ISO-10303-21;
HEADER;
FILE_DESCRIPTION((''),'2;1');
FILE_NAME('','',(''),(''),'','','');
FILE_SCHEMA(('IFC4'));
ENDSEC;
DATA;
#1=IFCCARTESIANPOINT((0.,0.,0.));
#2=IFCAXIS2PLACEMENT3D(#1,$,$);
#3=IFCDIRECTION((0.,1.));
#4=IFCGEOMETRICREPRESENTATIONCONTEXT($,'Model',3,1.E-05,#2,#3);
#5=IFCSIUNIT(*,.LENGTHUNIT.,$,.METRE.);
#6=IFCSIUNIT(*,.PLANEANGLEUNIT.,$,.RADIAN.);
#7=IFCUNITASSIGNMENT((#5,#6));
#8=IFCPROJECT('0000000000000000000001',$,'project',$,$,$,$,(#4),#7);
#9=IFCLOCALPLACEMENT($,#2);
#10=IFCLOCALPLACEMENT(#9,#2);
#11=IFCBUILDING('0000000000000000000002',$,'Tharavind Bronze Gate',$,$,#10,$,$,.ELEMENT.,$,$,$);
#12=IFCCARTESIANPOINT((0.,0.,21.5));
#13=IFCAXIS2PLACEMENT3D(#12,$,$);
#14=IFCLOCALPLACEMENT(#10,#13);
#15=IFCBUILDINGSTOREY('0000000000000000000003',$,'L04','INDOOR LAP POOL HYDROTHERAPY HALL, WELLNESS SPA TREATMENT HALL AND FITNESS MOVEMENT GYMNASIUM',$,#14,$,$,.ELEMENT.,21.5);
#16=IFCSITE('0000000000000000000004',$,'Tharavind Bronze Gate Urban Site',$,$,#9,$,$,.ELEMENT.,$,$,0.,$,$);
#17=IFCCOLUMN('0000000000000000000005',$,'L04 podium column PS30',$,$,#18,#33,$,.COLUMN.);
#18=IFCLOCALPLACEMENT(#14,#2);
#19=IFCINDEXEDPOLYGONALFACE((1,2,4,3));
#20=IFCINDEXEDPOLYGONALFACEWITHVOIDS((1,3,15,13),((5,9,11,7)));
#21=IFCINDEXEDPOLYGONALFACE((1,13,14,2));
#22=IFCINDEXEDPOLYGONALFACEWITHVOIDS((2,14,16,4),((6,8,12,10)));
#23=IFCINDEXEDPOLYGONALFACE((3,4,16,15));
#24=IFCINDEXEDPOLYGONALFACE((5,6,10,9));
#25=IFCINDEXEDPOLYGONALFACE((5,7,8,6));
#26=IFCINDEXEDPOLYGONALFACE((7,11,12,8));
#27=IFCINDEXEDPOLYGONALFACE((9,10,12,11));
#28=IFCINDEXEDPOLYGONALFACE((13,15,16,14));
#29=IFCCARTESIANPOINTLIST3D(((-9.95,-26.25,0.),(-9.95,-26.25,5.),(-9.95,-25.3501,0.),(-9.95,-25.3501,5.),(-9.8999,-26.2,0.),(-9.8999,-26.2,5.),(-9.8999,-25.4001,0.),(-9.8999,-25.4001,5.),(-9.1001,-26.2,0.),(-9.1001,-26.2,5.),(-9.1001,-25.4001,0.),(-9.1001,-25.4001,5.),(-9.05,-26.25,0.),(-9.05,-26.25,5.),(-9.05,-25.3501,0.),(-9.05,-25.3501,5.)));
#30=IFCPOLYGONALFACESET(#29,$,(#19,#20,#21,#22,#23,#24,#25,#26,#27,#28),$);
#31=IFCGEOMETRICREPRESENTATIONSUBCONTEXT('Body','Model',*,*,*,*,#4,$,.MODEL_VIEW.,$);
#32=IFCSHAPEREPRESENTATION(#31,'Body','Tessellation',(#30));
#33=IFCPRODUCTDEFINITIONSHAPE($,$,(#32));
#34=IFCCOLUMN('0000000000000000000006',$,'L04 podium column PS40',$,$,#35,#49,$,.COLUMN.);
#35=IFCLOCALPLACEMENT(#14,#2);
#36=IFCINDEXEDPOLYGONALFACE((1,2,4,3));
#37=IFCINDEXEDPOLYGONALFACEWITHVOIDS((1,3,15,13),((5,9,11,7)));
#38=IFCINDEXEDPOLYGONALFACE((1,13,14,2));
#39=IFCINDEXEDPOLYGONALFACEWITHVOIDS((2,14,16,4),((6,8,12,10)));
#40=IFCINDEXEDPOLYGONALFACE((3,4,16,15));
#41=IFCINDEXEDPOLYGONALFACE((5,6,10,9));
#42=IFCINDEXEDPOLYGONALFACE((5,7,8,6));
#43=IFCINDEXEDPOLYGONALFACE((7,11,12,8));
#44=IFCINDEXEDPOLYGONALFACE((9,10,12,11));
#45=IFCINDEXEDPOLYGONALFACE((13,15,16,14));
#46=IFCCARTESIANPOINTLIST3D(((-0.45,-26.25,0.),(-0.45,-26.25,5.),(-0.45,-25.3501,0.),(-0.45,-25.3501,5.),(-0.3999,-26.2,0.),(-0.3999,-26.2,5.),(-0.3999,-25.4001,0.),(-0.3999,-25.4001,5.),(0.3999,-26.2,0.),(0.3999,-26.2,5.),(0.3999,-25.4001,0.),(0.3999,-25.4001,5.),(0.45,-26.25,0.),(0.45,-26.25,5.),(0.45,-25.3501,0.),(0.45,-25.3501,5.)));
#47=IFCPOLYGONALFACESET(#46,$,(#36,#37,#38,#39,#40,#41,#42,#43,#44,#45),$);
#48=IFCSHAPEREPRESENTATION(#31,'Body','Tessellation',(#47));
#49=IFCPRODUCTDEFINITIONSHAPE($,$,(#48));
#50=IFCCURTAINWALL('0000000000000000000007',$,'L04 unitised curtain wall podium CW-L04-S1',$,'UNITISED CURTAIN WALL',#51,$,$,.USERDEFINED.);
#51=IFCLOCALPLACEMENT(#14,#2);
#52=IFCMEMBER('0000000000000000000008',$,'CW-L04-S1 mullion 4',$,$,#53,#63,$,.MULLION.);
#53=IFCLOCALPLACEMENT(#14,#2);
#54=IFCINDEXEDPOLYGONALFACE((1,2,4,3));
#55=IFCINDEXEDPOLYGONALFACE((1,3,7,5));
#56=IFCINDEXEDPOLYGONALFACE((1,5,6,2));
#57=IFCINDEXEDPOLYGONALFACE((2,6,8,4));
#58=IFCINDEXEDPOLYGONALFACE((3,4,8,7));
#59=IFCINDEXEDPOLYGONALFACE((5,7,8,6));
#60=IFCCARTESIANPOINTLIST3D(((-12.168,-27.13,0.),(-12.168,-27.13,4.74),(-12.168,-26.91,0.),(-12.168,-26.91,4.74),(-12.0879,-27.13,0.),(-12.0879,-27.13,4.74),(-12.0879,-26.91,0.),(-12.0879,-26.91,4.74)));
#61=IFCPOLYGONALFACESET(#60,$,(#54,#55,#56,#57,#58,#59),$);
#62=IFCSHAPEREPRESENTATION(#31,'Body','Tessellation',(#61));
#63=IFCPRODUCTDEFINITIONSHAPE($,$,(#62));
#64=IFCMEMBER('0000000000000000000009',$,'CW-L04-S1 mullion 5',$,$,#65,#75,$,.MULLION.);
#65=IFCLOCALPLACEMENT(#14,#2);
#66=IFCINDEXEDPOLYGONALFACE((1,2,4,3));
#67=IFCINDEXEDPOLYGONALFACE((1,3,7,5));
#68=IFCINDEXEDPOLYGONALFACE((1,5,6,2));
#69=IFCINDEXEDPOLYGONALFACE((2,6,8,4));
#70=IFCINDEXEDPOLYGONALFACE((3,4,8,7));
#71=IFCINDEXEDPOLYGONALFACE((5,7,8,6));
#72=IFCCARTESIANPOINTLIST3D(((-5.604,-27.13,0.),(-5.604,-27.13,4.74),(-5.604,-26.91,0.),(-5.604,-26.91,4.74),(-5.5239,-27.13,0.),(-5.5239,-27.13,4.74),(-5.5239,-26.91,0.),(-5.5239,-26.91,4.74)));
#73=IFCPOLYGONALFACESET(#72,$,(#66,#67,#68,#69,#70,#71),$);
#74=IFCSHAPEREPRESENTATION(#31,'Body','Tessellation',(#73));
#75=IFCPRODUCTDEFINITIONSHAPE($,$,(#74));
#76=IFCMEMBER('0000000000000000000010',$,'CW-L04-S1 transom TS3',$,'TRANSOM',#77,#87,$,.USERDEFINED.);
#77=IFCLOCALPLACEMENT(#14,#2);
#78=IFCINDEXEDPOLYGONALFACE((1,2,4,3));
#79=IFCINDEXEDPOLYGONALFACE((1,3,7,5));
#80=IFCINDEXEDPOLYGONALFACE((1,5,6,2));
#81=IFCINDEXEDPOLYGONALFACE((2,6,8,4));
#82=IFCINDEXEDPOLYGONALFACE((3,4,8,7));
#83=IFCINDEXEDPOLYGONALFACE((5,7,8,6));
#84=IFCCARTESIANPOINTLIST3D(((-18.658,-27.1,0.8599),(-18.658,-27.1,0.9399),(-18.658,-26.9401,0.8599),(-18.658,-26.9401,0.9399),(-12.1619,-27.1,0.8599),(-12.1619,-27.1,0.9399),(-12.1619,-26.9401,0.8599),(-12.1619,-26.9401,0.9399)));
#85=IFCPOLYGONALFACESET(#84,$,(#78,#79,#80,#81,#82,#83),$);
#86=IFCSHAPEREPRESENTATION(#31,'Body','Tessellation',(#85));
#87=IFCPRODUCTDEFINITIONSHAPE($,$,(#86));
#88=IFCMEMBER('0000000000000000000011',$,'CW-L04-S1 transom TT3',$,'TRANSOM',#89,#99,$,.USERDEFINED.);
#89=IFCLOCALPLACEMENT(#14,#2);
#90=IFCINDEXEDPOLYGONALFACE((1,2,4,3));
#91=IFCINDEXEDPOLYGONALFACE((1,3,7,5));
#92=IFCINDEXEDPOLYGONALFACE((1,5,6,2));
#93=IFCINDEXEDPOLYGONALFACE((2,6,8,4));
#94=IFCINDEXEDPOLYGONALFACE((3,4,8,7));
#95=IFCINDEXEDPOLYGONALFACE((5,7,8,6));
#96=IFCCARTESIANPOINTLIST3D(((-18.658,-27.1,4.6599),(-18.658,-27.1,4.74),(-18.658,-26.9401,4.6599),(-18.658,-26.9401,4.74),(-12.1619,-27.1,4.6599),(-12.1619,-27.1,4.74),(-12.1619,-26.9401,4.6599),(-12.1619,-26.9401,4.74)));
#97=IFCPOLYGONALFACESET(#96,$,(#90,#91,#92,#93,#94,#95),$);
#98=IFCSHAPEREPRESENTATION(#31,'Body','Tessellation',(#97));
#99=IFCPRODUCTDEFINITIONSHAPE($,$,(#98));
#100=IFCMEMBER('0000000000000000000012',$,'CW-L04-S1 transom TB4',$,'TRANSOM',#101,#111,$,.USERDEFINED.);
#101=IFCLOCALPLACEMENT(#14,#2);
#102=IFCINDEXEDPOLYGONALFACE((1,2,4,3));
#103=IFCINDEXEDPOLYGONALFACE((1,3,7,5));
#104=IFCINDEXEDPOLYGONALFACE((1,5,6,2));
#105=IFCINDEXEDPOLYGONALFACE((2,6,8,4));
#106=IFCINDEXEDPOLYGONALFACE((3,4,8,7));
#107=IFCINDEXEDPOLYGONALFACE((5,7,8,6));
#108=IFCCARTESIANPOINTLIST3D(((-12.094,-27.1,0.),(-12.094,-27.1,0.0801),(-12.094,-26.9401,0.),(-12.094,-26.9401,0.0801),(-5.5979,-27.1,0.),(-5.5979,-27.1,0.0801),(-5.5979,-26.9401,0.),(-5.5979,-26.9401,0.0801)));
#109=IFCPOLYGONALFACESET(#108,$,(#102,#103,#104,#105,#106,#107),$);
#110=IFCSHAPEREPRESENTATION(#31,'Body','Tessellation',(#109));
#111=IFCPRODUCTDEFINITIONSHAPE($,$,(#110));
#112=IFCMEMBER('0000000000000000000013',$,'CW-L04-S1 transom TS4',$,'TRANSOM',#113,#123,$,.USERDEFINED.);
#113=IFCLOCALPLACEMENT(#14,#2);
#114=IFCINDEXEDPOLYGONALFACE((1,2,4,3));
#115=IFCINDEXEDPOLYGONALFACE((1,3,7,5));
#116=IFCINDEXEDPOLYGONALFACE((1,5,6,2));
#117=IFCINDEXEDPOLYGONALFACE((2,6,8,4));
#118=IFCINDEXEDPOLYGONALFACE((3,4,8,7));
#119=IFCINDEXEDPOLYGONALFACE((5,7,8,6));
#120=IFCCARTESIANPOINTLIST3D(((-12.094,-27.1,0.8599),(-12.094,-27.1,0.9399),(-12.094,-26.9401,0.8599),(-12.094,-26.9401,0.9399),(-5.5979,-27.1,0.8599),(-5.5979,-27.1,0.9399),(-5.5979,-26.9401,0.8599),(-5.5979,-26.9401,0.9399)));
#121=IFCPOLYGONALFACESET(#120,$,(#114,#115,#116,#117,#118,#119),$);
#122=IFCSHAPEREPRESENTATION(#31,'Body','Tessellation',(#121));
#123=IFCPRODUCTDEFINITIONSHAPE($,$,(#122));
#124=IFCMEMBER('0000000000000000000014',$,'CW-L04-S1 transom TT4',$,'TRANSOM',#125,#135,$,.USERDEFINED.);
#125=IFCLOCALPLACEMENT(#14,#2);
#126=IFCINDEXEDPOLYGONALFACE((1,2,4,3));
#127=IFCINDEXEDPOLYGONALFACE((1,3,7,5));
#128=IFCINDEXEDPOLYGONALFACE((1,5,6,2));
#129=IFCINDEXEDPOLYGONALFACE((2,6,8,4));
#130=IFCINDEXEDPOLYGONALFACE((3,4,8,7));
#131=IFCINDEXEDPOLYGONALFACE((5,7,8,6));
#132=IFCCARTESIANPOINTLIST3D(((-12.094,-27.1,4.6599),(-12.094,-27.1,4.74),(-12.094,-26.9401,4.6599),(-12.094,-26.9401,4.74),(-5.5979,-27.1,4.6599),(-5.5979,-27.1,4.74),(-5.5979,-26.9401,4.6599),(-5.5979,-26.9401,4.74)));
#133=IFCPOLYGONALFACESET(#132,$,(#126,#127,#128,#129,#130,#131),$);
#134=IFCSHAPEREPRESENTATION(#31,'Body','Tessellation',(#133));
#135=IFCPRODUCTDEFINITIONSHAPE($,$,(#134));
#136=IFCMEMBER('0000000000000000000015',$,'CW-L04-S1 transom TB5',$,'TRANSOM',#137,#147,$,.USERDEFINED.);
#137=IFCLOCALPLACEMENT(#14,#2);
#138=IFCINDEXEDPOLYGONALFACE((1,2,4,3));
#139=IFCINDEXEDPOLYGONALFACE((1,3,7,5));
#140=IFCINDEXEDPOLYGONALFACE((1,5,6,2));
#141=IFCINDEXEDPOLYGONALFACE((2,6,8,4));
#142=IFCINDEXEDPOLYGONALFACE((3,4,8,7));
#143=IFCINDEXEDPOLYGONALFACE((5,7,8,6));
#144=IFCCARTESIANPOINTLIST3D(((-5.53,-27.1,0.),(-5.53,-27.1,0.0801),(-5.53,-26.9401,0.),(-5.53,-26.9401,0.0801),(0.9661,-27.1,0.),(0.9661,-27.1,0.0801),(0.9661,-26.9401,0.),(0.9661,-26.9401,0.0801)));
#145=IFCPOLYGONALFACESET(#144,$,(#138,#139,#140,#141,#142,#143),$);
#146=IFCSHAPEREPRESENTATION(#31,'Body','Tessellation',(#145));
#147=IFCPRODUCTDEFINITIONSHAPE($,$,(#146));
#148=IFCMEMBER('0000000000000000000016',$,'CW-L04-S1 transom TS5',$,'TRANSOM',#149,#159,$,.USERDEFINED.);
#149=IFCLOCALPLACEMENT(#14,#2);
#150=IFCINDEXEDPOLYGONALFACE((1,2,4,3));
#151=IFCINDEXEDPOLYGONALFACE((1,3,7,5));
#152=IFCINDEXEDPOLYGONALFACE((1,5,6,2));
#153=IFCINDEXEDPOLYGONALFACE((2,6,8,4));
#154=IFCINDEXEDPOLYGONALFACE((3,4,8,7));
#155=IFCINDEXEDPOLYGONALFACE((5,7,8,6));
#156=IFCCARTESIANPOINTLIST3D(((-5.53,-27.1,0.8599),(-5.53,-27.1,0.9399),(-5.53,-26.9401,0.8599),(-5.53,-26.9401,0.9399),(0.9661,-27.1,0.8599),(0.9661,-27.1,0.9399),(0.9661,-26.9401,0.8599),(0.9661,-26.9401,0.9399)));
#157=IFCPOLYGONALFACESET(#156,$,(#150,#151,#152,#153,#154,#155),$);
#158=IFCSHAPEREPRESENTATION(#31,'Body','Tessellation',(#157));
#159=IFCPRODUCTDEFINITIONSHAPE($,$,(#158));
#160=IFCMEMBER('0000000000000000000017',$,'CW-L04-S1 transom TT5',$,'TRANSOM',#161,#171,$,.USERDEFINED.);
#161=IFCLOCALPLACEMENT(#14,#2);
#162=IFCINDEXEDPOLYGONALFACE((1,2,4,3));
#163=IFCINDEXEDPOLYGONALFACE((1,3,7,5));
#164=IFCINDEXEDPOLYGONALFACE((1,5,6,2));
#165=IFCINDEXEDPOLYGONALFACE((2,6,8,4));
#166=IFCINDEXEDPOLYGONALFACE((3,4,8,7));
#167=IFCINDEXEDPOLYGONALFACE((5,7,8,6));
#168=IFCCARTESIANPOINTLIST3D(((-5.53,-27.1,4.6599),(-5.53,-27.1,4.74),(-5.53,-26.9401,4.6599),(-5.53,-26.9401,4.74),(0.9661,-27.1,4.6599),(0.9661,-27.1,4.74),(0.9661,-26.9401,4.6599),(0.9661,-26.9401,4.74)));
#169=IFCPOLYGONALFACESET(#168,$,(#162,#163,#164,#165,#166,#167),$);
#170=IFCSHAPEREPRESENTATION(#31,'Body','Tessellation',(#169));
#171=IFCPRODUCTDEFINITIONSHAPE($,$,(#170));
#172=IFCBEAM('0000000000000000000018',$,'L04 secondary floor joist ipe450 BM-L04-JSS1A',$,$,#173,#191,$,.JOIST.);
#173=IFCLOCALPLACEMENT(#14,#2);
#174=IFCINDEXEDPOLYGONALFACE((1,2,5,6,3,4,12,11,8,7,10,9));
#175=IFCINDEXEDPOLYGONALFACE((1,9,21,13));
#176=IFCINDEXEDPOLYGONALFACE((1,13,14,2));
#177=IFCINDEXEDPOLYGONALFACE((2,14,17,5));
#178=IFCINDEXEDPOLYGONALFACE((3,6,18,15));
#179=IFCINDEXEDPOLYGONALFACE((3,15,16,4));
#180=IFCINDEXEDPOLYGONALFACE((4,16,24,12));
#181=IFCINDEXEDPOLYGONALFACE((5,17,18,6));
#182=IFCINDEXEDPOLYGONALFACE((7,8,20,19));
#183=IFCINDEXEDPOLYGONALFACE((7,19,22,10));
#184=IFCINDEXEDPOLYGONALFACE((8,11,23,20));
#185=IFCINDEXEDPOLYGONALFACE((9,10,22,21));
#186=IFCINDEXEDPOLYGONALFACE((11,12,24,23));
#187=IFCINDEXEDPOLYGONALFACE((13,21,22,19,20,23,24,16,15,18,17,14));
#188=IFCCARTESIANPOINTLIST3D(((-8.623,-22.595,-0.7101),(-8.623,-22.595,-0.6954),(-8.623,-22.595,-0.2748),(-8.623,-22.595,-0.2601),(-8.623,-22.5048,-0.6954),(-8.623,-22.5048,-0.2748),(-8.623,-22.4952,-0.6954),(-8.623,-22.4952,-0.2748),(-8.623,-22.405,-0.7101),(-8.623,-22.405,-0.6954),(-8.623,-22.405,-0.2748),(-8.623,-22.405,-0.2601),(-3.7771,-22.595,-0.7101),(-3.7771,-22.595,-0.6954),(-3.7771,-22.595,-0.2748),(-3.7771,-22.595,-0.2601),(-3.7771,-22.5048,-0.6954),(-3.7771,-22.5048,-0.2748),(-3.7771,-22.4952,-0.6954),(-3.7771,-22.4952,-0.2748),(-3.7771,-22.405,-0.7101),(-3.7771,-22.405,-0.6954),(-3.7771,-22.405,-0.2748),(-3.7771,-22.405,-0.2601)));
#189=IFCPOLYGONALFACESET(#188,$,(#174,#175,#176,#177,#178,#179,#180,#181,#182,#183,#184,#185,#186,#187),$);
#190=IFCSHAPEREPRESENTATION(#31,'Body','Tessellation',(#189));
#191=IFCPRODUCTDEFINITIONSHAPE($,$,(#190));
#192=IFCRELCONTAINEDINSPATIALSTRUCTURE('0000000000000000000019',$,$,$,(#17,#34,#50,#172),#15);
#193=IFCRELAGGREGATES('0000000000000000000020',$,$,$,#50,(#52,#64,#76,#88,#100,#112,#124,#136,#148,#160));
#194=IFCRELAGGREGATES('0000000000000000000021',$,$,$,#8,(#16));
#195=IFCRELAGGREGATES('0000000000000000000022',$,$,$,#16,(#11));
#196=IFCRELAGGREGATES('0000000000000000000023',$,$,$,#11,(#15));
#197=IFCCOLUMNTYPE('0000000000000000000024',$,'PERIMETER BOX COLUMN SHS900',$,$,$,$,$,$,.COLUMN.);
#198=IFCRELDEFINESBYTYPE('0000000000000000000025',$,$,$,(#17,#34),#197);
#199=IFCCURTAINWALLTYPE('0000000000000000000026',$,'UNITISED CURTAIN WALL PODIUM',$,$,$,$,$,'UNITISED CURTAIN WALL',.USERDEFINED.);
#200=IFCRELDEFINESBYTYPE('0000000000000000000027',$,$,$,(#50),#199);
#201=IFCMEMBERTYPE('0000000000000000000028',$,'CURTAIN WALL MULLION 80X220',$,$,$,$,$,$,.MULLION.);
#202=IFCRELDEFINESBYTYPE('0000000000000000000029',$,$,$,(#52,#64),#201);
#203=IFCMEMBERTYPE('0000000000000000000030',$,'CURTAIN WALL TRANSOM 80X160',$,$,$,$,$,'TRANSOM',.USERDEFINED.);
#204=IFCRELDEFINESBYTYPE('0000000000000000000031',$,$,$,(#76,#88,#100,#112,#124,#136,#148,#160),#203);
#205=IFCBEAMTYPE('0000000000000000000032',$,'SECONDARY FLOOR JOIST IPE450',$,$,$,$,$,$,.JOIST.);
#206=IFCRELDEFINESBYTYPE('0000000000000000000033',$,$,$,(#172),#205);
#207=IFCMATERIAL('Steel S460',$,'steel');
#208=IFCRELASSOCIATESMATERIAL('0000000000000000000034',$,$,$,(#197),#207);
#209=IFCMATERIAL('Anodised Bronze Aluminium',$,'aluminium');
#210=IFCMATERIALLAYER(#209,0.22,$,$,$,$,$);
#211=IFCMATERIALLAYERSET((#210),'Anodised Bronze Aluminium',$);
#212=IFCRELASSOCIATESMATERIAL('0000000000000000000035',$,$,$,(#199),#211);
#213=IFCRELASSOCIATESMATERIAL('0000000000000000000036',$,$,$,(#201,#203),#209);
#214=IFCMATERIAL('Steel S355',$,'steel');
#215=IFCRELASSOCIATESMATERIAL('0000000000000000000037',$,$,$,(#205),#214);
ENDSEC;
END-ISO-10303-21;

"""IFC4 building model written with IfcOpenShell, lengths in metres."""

from ifc_helpers import new_model, si_unit, direction, frame, origin, origin_2d, place, context, subcontext, project, spatial, rectangle, hollow_rectangle, i_section, extrude, material, layer, layer_set, material_profile, profile_set, type_object, element, aggregate, save


model = new_model("IFC4")

# Units and contexts
model_context = context("Model", 3, precision=1e-05, world=origin(), true_north=direction((0.0, 1.0)))
body_context = subcontext(model_context, "Body", "Model", "MODEL_VIEW")
ifc_project = project(units=[si_unit("LENGTHUNIT", "METRE"), si_unit("PLANEANGLEUNIT", "RADIAN")], contexts=[model_context])

# Site, building, storey
site_placement = place(None, origin())
site = spatial("IfcSite", under=ifc_project, at=site_placement, Name="Tharavind Bronze Gate Urban Site", CompositionType="ELEMENT", RefElevation=0.0)
building_placement = place(site_placement, origin())
building = spatial("IfcBuilding", under=site, at=building_placement, Name="Tharavind Bronze Gate", CompositionType="ELEMENT")
storey_placement = place(building_placement, frame((0.0, 0.0, 21.5)))
storey = spatial("IfcBuildingStorey", under=building, at=storey_placement, Name="L04", Description="INDOOR LAP POOL HYDROTHERAPY HALL, WELLNESS SPA TREATMENT HALL AND FITNESS MOVEMENT GYMNASIUM", CompositionType="ELEMENT", Elevation=21.5)

# Columns
ifc_material_1 = material(Name="Steel S460", Category="steel")
ifc_material_profile_1 = material_profile(ifc_material_1, hollow_rectangle(XDim=0.8999, YDim=0.8999, WallThickness=0.05, at=origin_2d()), Name="SHS900X50")
ifc_profile_set_1 = profile_set([ifc_material_profile_1], Name="Steel S460")
column_type = type_object("IfcColumnType", Name="PERIMETER BOX COLUMN SHS900", PredefinedType="COLUMN", material=ifc_profile_set_1)
for number, where, z_axis, x_axis, name in (
    (1, (-9.5, -25.8, 0.0), (0.0, 0.0, 1.0), (1.0, 0.0, 0.0), "L04 podium column PS30"),
    (2, (0.0, -25.8, 0.0), (0.0, 0.0, 1.0), (1.0, 0.0, 0.0), "L04 podium column PS40"),
):
    element("IfcColumn", number, at=place(storey_placement, frame(where, z_axis=z_axis, x_axis=x_axis)), inside=storey, type_object=column_type, Name=name, PredefinedType="COLUMN", context=body_context, shape_type="SweptSolid", body=[
        extrude(hollow_rectangle(XDim=0.8999, YDim=0.8999, WallThickness=0.05, at=origin_2d()), origin(), (0.0, 0.0, 1.0), 5.0),
    ])

# Curtain wall, members
ifc_material_2 = material(Name="Anodised Bronze Aluminium", Category="aluminium")
ifc_layer_1 = layer(ifc_material_2, 0.22)
ifc_layer_set_1 = layer_set([ifc_layer_1], Name="Anodised Bronze Aluminium")
curtain_wall_type = type_object("IfcCurtainWallType", Name="UNITISED CURTAIN WALL PODIUM", ElementType="UNITISED CURTAIN WALL", PredefinedType="USERDEFINED", material=ifc_layer_set_1)
curtain_wall_placement = place(storey_placement, origin())
curtain_wall = element("IfcCurtainWall", 3, at=curtain_wall_placement, inside=storey, type_object=curtain_wall_type, Name="L04 unitised curtain wall podium CW-L04-S1", ObjectType="UNITISED CURTAIN WALL", PredefinedType="USERDEFINED")
member_type_1 = type_object("IfcMemberType", Name="CURTAIN WALL MULLION 80X220", PredefinedType="MULLION", material=ifc_material_2)
member_1_placement = place(storey_placement, frame((-12.1279, -27.02, 0.0), z_axis=(0.0, 0.0, 1.0), x_axis=(1.0, 0.0, 0.0)))
member_1 = element("IfcMember", 4, at=member_1_placement, type_object=member_type_1, Name="CW-L04-S1 mullion 4", PredefinedType="MULLION", context=body_context, shape_type="SweptSolid", body=[
    extrude(rectangle(XDim=0.0801, YDim=0.22, at=origin_2d()), origin(), (0.0, 0.0, 1.0), 4.74),
])
member_2_placement = place(storey_placement, frame((-5.564, -27.02, 0.0), z_axis=(0.0, 0.0, 1.0), x_axis=(1.0, 0.0, 0.0)))
member_2 = element("IfcMember", 5, at=member_2_placement, type_object=member_type_1, Name="CW-L04-S1 mullion 5", PredefinedType="MULLION", context=body_context, shape_type="SweptSolid", body=[
    extrude(rectangle(XDim=0.0801, YDim=0.22, at=origin_2d()), origin(), (0.0, 0.0, 1.0), 4.74),
])
member_type_2 = type_object("IfcMemberType", Name="CURTAIN WALL TRANSOM 80X160", ElementType="TRANSOM", PredefinedType="USERDEFINED", material=ifc_material_2)
member_3_placement = place(storey_placement, frame((-15.4099, -27.02, 0.8599), z_axis=(0.0, 0.0, 1.0), x_axis=(1.0, 0.0, 0.0)))
member_3 = element("IfcMember", 6, at=member_3_placement, type_object=member_type_2, Name="CW-L04-S1 transom TS3", ObjectType="TRANSOM", PredefinedType="USERDEFINED", context=body_context, shape_type="SweptSolid", body=[
    extrude(rectangle(XDim=6.4961, YDim=0.1599, at=origin_2d()), origin(), (0.0, 0.0, 1.0), 0.0801),
])
member_4_placement = place(storey_placement, frame((-15.4099, -27.02, 4.6599), z_axis=(0.0, 0.0, 1.0), x_axis=(1.0, 0.0, 0.0)))
member_4 = element("IfcMember", 7, at=member_4_placement, type_object=member_type_2, Name="CW-L04-S1 transom TT3", ObjectType="TRANSOM", PredefinedType="USERDEFINED", context=body_context, shape_type="SweptSolid", body=[
    extrude(rectangle(XDim=6.4961, YDim=0.1599, at=origin_2d()), origin(), (0.0, 0.0, 1.0), 0.0801),
])
member_5_placement = place(storey_placement, frame((-8.8459, -27.02, 0.0), z_axis=(0.0, 0.0, 1.0), x_axis=(1.0, 0.0, 0.0)))
member_5 = element("IfcMember", 8, at=member_5_placement, type_object=member_type_2, Name="CW-L04-S1 transom TB4", ObjectType="TRANSOM", PredefinedType="USERDEFINED", context=body_context, shape_type="SweptSolid", body=[
    extrude(rectangle(XDim=6.4961, YDim=0.1599, at=origin_2d()), origin(), (0.0, 0.0, 1.0), 0.0801),
])
member_6_placement = place(storey_placement, frame((-8.8459, -27.02, 0.8599), z_axis=(0.0, 0.0, 1.0), x_axis=(1.0, 0.0, 0.0)))
member_6 = element("IfcMember", 9, at=member_6_placement, type_object=member_type_2, Name="CW-L04-S1 transom TS4", ObjectType="TRANSOM", PredefinedType="USERDEFINED", context=body_context, shape_type="SweptSolid", body=[
    extrude(rectangle(XDim=6.4961, YDim=0.1599, at=origin_2d()), origin(), (0.0, 0.0, 1.0), 0.0801),
])
member_7_placement = place(storey_placement, frame((-8.8459, -27.02, 4.6599), z_axis=(0.0, 0.0, 1.0), x_axis=(1.0, 0.0, 0.0)))
member_7 = element("IfcMember", 10, at=member_7_placement, type_object=member_type_2, Name="CW-L04-S1 transom TT4", ObjectType="TRANSOM", PredefinedType="USERDEFINED", context=body_context, shape_type="SweptSolid", body=[
    extrude(rectangle(XDim=6.4961, YDim=0.1599, at=origin_2d()), origin(), (0.0, 0.0, 1.0), 0.0801),
])
member_8_placement = place(storey_placement, frame((-2.282, -27.02, 0.0), z_axis=(0.0, 0.0, 1.0), x_axis=(1.0, 0.0, 0.0)))
member_8 = element("IfcMember", 11, at=member_8_placement, type_object=member_type_2, Name="CW-L04-S1 transom TB5", ObjectType="TRANSOM", PredefinedType="USERDEFINED", context=body_context, shape_type="SweptSolid", body=[
    extrude(rectangle(XDim=6.4961, YDim=0.1599, at=origin_2d()), origin(), (0.0, 0.0, 1.0), 0.0801),
])
member_9_placement = place(storey_placement, frame((-2.282, -27.02, 0.8599), z_axis=(0.0, 0.0, 1.0), x_axis=(1.0, 0.0, 0.0)))
member_9 = element("IfcMember", 12, at=member_9_placement, type_object=member_type_2, Name="CW-L04-S1 transom TS5", ObjectType="TRANSOM", PredefinedType="USERDEFINED", context=body_context, shape_type="SweptSolid", body=[
    extrude(rectangle(XDim=6.4961, YDim=0.1599, at=origin_2d()), origin(), (0.0, 0.0, 1.0), 0.0801),
])
member_10_placement = place(storey_placement, frame((-2.282, -27.02, 4.6599), z_axis=(0.0, 0.0, 1.0), x_axis=(1.0, 0.0, 0.0)))
member_10 = element("IfcMember", 13, at=member_10_placement, type_object=member_type_2, Name="CW-L04-S1 transom TT5", ObjectType="TRANSOM", PredefinedType="USERDEFINED", context=body_context, shape_type="SweptSolid", body=[
    extrude(rectangle(XDim=6.4961, YDim=0.1599, at=origin_2d()), origin(), (0.0, 0.0, 1.0), 0.0801),
])

# Beam
ifc_material_3 = material(Name="Steel S355", Category="steel")
ifc_material_profile_2 = material_profile(ifc_material_3, i_section(OverallWidth=0.1899, OverallDepth=0.45, WebThickness=0.0095, FlangeThickness=0.0146, at=origin_2d()), Name="IPE450")
ifc_profile_set_2 = profile_set([ifc_material_profile_2], Name="Steel S355")
beam_type_1 = type_object("IfcBeamType", Name="SECONDARY FLOOR JOIST IPE450", PredefinedType="JOIST", material=ifc_profile_set_2)
beam_1_placement = place(storey_placement, frame((-8.623, -22.5, -0.4851), z_axis=(1.0, 0.0, 0.0), x_axis=(0.0, 1.0, 0.0)))
element("IfcBeam", 14, at=beam_1_placement, inside=storey, type_object=beam_type_1, Name="L04 secondary floor joist ipe450 BM-L04-JSS1A", PredefinedType="JOIST", context=body_context, shape_type="SweptSolid", body=[
    extrude(i_section(OverallWidth=0.1899, OverallDepth=0.45, WebThickness=0.0095, FlangeThickness=0.0146, at=origin_2d()), origin(), (0.0, 0.0, 1.0), 4.8459),
])

aggregate(curtain_wall, [member_1, member_2, member_3, member_4, member_5, member_6, member_7, member_8, member_9, member_10])

save(model, "model.ifc")
